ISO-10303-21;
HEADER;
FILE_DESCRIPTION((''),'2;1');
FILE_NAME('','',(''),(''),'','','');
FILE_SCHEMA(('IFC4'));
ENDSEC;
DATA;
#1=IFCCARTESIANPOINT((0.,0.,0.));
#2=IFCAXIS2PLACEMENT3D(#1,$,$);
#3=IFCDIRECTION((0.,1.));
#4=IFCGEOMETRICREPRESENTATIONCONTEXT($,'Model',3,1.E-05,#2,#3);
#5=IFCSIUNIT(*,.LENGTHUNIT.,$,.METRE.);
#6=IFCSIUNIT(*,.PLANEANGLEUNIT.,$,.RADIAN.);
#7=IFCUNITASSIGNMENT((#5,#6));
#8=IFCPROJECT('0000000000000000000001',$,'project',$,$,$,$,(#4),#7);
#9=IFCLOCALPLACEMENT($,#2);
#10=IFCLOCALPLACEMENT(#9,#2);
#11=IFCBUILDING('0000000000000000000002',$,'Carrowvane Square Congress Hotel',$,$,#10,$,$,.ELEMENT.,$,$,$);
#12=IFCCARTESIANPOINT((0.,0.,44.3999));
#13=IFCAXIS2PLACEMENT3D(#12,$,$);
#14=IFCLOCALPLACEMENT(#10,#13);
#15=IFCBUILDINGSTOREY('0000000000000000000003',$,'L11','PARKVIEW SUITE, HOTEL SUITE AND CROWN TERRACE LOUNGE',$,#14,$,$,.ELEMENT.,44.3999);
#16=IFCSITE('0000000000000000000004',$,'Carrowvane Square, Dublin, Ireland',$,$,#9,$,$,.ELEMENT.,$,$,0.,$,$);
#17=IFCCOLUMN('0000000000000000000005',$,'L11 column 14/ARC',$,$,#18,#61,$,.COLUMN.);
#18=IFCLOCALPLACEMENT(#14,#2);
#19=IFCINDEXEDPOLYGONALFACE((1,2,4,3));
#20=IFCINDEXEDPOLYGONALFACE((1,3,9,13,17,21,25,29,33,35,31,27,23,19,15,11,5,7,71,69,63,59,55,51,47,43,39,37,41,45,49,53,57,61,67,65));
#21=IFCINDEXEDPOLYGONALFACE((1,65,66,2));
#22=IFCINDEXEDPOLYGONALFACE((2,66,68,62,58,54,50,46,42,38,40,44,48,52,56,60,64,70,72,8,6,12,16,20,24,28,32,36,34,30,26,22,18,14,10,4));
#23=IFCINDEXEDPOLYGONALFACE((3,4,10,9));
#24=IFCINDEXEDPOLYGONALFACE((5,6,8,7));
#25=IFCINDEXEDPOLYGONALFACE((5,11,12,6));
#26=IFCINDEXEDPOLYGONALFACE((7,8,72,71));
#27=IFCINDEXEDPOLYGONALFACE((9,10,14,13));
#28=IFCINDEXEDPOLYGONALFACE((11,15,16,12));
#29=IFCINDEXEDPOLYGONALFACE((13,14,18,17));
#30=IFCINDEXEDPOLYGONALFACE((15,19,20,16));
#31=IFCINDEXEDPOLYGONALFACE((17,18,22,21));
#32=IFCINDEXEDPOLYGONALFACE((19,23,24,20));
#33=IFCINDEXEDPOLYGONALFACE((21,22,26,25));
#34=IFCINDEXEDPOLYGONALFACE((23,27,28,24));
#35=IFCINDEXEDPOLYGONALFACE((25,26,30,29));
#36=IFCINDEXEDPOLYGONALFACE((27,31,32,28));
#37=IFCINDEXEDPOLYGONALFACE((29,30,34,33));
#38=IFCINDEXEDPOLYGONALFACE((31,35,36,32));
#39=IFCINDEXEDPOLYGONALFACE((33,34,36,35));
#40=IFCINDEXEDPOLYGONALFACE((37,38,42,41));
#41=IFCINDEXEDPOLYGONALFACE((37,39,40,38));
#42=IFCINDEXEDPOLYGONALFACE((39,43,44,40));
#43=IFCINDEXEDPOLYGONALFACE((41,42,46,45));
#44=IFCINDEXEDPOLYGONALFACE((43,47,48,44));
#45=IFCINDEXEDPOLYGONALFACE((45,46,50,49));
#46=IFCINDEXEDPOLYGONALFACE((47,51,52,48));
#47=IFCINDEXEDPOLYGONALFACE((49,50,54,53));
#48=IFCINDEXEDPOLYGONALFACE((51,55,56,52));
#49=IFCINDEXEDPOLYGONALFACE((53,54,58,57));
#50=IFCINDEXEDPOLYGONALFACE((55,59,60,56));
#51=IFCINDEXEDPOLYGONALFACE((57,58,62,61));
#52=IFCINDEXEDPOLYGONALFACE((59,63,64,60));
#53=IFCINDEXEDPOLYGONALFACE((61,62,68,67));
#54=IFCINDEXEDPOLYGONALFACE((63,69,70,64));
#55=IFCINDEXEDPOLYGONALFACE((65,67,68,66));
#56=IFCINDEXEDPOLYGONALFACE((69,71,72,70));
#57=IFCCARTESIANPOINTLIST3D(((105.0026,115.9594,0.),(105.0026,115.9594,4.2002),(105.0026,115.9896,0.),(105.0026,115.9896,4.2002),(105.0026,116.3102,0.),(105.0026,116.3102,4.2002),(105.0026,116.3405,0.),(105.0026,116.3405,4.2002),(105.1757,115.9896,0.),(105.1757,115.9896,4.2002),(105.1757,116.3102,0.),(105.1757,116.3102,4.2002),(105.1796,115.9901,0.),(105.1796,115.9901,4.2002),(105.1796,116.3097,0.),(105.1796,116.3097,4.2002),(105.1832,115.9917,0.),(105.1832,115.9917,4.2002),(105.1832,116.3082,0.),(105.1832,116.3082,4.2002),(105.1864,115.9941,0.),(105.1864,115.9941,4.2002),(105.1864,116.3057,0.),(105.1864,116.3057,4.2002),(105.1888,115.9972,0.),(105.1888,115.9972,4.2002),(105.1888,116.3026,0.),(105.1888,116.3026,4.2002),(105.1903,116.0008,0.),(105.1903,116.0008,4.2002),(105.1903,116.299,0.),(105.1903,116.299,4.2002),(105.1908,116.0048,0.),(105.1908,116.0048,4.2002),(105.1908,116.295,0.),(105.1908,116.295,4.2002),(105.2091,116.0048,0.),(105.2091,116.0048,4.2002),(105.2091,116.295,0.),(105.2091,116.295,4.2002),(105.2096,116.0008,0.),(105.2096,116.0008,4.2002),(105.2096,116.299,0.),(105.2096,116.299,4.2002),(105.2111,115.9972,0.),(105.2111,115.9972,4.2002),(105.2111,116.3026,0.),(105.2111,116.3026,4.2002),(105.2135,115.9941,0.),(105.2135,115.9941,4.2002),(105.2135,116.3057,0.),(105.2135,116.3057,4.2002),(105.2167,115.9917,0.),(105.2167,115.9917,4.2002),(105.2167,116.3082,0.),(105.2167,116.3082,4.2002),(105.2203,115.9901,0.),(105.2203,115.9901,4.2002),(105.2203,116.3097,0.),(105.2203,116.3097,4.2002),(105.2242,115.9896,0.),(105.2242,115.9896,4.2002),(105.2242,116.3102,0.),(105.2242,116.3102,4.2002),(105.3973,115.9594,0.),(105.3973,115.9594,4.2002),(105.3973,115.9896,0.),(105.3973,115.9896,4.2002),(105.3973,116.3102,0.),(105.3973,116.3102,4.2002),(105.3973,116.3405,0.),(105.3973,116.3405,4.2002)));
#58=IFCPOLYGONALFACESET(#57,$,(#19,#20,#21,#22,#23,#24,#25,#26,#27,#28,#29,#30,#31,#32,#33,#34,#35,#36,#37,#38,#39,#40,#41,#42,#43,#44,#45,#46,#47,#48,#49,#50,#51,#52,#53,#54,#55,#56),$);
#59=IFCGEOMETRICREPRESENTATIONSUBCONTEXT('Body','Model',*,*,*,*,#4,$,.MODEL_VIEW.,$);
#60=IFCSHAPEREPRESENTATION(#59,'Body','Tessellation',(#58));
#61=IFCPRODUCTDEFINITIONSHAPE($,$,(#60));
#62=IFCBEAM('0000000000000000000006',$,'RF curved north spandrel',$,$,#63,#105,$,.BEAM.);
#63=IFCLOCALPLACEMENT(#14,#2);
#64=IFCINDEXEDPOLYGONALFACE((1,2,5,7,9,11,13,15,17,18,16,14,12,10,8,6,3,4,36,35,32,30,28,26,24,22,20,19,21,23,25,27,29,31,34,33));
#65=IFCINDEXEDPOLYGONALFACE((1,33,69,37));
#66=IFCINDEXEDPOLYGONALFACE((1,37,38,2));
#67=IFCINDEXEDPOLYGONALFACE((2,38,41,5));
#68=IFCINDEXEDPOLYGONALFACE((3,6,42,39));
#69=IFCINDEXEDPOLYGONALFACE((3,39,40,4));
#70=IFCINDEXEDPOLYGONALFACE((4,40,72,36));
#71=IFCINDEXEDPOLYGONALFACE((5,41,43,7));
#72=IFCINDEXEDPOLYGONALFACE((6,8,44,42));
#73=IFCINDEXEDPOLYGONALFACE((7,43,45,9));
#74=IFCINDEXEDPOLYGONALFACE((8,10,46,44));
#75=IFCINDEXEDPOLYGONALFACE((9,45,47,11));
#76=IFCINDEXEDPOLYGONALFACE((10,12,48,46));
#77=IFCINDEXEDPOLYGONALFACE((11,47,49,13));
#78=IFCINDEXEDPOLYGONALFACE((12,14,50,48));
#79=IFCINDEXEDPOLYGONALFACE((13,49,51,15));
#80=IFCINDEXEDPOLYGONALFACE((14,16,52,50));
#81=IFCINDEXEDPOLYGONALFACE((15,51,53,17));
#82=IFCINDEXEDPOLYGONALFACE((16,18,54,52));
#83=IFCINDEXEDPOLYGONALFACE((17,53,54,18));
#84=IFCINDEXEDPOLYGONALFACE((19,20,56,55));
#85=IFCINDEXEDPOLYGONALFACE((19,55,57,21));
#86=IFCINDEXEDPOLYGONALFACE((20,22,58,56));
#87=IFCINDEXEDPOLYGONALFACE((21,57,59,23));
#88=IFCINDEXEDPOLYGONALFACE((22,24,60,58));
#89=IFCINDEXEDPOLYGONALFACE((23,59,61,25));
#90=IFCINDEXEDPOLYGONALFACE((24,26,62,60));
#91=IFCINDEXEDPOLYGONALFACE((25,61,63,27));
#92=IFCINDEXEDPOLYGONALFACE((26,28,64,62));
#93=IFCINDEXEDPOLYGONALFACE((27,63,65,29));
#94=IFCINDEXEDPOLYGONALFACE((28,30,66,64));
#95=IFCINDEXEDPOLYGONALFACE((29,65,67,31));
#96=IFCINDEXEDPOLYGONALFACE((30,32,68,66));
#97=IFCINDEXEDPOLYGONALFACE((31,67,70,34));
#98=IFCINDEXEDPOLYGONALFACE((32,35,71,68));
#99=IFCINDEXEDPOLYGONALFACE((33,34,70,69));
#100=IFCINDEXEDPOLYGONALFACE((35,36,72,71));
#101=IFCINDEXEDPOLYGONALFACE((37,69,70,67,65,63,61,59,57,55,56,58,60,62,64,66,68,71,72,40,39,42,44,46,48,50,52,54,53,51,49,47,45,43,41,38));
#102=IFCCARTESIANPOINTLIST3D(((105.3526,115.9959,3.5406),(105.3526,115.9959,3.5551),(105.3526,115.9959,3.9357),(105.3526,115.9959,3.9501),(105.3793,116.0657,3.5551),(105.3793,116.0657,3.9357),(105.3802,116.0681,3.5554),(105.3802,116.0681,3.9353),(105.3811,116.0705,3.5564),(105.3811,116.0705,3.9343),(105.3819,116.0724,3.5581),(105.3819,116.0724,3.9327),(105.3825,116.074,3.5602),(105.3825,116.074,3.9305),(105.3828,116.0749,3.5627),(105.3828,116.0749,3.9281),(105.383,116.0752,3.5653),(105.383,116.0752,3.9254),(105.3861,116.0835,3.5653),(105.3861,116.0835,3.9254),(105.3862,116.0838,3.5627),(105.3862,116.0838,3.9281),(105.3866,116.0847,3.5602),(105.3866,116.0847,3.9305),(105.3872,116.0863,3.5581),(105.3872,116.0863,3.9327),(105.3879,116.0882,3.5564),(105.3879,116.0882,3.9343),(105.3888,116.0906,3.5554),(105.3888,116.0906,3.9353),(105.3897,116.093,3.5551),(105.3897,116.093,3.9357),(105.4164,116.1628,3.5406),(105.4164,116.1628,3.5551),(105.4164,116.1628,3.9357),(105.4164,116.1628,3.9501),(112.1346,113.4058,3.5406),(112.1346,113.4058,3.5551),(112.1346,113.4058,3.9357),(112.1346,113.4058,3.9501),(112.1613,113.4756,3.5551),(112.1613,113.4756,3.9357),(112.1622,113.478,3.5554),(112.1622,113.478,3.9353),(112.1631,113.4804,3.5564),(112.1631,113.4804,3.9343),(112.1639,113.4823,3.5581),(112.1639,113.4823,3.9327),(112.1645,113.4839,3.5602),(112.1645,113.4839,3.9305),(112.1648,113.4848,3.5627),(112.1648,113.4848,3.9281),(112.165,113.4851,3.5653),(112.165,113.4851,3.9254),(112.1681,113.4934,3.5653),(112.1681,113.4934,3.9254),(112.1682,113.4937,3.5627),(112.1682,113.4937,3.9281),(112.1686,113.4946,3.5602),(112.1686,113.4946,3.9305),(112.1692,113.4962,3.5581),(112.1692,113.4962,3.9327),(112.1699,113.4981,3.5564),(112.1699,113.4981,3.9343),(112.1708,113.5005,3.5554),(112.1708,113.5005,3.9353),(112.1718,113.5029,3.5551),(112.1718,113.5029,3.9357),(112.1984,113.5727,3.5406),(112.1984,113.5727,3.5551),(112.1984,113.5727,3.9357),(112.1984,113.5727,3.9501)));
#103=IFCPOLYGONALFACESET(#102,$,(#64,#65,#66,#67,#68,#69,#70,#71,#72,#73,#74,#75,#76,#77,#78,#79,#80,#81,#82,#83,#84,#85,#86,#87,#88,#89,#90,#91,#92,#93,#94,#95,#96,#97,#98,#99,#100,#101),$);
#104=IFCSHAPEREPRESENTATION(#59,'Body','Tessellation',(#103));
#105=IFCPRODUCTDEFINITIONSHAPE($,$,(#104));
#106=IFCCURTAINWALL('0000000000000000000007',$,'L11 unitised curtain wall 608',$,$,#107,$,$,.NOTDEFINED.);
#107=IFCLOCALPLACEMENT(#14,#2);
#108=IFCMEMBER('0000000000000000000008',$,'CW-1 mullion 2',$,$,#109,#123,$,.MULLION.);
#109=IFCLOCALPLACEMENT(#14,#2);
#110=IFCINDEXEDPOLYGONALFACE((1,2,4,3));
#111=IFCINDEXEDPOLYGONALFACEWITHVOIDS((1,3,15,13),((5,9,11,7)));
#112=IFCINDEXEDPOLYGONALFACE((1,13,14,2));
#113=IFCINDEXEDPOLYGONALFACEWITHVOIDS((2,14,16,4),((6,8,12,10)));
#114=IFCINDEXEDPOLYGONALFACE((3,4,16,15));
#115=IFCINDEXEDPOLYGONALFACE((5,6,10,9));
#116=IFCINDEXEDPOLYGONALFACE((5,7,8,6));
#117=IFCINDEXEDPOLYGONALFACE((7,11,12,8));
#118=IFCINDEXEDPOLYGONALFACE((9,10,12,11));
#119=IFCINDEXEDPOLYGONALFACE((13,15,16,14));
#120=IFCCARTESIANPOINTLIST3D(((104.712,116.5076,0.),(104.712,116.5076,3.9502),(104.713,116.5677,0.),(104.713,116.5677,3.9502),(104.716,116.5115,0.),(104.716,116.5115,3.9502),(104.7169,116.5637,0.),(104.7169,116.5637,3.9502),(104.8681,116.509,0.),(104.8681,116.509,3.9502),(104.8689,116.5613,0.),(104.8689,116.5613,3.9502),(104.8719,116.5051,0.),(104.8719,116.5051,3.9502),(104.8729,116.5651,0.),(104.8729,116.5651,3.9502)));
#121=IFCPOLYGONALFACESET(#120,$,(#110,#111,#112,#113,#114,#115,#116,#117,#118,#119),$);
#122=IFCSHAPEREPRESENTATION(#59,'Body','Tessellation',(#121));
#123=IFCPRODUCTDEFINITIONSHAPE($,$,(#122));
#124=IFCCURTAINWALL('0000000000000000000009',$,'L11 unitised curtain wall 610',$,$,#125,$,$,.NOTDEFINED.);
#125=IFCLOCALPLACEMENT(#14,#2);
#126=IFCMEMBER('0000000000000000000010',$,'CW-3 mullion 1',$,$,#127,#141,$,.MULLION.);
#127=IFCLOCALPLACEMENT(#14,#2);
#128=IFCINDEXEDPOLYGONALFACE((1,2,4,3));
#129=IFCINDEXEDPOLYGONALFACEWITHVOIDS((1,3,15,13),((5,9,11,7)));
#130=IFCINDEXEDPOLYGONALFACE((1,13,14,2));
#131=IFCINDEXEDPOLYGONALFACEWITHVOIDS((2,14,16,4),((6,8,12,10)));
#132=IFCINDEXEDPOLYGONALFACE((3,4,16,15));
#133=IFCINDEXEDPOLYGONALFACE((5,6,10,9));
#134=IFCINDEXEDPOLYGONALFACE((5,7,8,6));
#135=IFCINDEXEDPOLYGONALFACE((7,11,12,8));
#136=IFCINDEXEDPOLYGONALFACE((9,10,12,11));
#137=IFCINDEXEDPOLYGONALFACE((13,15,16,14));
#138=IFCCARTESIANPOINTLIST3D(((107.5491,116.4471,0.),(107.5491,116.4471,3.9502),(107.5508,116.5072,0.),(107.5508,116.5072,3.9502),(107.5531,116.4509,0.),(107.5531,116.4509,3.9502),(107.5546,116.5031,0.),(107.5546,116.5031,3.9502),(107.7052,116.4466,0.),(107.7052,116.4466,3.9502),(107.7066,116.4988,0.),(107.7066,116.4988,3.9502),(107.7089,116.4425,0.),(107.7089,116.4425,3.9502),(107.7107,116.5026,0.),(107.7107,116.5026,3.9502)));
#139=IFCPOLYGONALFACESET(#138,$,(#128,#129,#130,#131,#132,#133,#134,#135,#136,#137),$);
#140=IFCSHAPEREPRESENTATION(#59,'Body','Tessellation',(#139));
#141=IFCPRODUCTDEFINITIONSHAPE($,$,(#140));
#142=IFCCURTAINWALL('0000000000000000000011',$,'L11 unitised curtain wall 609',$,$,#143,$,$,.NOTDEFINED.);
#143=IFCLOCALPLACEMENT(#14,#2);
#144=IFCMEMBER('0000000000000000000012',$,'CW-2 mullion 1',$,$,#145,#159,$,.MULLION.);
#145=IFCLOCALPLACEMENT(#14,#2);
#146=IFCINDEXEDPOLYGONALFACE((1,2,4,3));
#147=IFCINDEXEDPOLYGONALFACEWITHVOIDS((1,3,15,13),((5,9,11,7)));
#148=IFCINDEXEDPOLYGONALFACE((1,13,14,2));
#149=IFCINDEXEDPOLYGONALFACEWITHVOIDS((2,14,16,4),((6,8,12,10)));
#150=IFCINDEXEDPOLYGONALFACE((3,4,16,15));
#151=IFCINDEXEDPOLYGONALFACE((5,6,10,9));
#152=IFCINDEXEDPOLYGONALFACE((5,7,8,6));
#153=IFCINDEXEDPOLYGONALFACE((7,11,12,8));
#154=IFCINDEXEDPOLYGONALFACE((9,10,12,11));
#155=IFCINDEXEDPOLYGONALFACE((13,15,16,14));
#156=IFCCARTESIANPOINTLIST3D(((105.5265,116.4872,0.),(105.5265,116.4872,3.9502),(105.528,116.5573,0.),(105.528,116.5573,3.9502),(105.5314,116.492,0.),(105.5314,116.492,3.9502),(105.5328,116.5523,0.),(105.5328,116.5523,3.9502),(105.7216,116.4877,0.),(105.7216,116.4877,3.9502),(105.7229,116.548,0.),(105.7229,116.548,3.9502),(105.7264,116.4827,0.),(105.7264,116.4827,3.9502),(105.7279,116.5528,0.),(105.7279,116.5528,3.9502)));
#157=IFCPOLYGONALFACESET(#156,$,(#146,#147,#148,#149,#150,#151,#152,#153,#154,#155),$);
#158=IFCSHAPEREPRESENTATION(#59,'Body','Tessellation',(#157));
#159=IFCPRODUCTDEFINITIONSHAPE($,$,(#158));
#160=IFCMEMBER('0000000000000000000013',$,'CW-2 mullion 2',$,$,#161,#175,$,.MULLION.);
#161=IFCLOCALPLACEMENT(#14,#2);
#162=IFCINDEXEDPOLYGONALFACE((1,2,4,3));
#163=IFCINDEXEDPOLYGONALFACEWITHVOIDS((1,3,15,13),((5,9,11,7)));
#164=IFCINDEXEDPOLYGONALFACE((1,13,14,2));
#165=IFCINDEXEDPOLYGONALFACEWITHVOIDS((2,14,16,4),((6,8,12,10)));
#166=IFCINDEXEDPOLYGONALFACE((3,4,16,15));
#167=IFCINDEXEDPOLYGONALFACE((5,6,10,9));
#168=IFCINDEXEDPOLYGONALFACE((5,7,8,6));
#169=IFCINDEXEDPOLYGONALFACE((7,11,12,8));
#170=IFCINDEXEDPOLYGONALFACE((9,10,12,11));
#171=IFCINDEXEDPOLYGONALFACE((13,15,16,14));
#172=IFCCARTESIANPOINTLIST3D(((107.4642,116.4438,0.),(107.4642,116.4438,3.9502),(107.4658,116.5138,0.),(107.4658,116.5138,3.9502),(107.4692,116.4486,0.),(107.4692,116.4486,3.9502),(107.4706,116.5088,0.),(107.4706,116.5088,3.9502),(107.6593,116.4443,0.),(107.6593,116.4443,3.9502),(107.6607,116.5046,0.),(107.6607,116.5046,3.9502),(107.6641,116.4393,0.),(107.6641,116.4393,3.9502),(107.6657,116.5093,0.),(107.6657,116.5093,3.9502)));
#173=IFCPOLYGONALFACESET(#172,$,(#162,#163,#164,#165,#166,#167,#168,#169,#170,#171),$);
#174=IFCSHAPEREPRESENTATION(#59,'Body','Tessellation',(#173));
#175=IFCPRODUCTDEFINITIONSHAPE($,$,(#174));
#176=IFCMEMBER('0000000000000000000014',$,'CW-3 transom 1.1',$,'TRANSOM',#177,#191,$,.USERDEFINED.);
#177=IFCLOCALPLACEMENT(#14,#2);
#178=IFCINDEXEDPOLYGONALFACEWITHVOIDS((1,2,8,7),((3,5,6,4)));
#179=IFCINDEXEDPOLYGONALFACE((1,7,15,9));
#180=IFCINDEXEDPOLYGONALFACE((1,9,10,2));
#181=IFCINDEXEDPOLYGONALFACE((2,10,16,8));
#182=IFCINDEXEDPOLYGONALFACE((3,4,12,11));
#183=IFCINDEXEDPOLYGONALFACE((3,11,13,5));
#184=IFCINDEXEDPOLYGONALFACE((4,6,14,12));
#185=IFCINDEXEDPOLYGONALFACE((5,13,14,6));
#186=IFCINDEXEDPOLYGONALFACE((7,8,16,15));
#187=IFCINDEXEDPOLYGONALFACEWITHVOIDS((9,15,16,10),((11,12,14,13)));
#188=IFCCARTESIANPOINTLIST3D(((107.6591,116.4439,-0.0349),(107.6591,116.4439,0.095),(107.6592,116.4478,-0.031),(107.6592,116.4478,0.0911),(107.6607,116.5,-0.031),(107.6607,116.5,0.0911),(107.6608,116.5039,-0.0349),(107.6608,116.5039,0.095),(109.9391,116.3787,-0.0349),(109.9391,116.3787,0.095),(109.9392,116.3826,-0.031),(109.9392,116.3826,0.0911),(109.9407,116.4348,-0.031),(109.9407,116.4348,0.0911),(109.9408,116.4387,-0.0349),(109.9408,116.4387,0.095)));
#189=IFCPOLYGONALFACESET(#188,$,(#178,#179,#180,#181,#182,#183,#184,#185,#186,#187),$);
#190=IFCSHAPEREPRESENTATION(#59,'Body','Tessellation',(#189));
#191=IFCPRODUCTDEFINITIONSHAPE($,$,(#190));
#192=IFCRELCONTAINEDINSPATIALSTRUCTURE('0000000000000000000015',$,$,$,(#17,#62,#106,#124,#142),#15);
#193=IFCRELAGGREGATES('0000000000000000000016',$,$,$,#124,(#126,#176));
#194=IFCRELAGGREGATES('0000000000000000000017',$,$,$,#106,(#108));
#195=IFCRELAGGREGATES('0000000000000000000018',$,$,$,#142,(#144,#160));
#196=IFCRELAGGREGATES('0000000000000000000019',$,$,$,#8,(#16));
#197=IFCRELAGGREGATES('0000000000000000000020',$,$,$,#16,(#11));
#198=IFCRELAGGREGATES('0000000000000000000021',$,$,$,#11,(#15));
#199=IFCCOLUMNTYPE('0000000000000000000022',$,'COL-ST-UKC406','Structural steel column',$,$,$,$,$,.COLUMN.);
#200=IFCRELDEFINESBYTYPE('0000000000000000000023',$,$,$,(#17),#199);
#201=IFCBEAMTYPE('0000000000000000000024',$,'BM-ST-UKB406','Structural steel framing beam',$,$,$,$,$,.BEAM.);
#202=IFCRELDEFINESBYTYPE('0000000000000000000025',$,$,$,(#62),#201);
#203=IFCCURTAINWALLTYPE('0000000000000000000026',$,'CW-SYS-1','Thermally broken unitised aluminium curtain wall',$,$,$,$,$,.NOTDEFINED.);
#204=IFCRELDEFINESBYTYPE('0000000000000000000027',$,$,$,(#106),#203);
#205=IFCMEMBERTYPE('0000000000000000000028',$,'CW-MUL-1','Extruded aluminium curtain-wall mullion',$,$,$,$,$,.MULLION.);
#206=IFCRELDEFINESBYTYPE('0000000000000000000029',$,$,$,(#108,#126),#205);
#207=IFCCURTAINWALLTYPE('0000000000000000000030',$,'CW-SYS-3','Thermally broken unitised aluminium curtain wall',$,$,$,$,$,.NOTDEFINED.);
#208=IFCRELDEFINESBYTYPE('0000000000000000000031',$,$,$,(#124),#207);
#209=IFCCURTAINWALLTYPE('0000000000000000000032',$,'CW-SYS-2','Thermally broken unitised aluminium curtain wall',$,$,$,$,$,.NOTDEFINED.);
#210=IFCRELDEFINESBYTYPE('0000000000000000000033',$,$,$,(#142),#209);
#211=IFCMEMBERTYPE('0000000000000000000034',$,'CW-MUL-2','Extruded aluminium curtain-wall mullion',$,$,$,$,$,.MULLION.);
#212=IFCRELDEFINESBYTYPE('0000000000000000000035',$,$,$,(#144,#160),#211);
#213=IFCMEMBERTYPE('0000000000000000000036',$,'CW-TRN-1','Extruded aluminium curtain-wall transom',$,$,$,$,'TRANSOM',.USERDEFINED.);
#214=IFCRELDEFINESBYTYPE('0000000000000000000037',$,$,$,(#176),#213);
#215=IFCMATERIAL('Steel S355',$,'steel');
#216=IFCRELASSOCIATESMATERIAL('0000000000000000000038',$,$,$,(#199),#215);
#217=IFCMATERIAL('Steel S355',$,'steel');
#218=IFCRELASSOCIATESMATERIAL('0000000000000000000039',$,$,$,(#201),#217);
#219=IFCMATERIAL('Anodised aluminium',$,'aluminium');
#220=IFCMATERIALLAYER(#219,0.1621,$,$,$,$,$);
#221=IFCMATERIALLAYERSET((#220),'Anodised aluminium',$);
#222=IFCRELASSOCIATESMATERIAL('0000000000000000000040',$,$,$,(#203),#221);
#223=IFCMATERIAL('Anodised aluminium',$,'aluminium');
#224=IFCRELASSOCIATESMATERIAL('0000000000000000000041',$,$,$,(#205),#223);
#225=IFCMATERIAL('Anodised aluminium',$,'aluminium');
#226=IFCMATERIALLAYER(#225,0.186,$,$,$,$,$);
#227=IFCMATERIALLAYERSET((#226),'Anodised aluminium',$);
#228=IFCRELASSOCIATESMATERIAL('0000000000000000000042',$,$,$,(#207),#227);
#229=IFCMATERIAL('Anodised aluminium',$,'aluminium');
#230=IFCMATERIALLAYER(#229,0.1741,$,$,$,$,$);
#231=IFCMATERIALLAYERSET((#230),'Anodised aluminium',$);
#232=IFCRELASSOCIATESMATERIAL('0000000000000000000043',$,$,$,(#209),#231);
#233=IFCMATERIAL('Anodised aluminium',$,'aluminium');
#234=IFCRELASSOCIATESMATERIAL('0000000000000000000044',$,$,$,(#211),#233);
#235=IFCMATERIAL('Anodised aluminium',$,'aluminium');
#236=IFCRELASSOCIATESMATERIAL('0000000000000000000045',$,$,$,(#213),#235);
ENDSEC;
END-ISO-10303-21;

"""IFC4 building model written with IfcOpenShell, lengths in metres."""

from ifc_helpers import new_model, si_unit, direction, frame, origin, origin_2d, place, context, subcontext, project, spatial, hollow_rectangle, i_section, extrude, material, layer, layer_set, material_profile, profile_set, type_object, element, aggregate, save


model = new_model("IFC4")

# Units and contexts
model_context = context("Model", 3, precision=1e-05, world=origin(), true_north=direction((0.0, 1.0)))
body_context = subcontext(model_context, "Body", "Model", "MODEL_VIEW")
ifc_project = project(units=[si_unit("LENGTHUNIT", "METRE"), si_unit("PLANEANGLEUNIT", "RADIAN")], contexts=[model_context])

# Site, building, storey
site_placement = place(None, origin())
site = spatial("IfcSite", under=ifc_project, at=site_placement, Name="Carrowvane Square, Dublin, Ireland", CompositionType="ELEMENT", RefElevation=0.0)
building_placement = place(site_placement, origin())
building = spatial("IfcBuilding", under=site, at=building_placement, Name="Carrowvane Square Congress Hotel", CompositionType="ELEMENT")
storey_placement = place(building_placement, frame((0.0, 0.0, 44.3999)))
storey = spatial("IfcBuildingStorey", under=building, at=storey_placement, Name="L11", Description="PARKVIEW SUITE, HOTEL SUITE AND CROWN TERRACE LOUNGE", CompositionType="ELEMENT", Elevation=44.3999)

# Column
ifc_material_1 = material(Name="Steel S355", Category="steel")
ifc_material_profile_1 = material_profile(ifc_material_1, i_section(OverallWidth=0.3948, OverallDepth=0.3811, WebThickness=0.0183, FlangeThickness=0.0303, FilletRadius=0.0151, at=origin_2d()), Name="UKC 356x406x235")
ifc_profile_set_1 = profile_set([ifc_material_profile_1], Name="Steel S355")
column_type = type_object("IfcColumnType", Name="COL-ST-UKC406", Description="Structural steel column", PredefinedType="COLUMN", material=ifc_profile_set_1)
column_placement = place(storey_placement, frame((105.2, 116.1499, 0.0), z_axis=(0.0, 0.0, 1.0), x_axis=(1.0, 0.0, 0.0)))
element("IfcColumn", 1, at=column_placement, inside=storey, type_object=column_type, Name="L11 column 14/ARC", PredefinedType="COLUMN", context=body_context, shape_type="SweptSolid", body=[
    extrude(i_section(OverallWidth=0.3948, OverallDepth=0.3811, WebThickness=0.0183, FlangeThickness=0.0303, FilletRadius=0.0151, at=origin_2d()), origin(), (0.0, 0.0, 1.0), 4.2002),
])

# Beam
ifc_material_2 = material(Name="Steel S355", Category="steel")
ifc_material_profile_2 = material_profile(ifc_material_2, i_section(OverallWidth=0.1787, OverallDepth=0.4094, WebThickness=0.0088, FlangeThickness=0.0144, FilletRadius=0.0103, at=origin_2d()), Name="UKB 406x178x67")
ifc_profile_set_2 = profile_set([ifc_material_profile_2], Name="Steel S355")
beam_type = type_object("IfcBeamType", Name="BM-ST-UKB406", Description="Structural steel framing beam", PredefinedType="BEAM", material=ifc_profile_set_2)
beam_placement = place(storey_placement, frame((105.3845, 116.0793, 3.7454), z_axis=(0.934191, -0.356774, 0.0), x_axis=(0.356774, 0.934191, 0.0)))
element("IfcBeam", 2, at=beam_placement, inside=storey, type_object=beam_type, Name="RF curved north spandrel", PredefinedType="BEAM", context=body_context, shape_type="SweptSolid", body=[
    extrude(i_section(OverallWidth=0.1787, OverallDepth=0.4094, WebThickness=0.0088, FlangeThickness=0.0144, FilletRadius=0.0103, at=origin_2d()), origin(), (0.0, 0.0, 1.0), 7.2598),
])

# Curtain walls, members
ifc_material_3 = material(Name="Anodised aluminium", Category="aluminium")
ifc_layer_1 = layer(ifc_material_3, 0.1621)
ifc_layer_set_1 = layer_set([ifc_layer_1], Name="Anodised aluminium")
curtain_wall_type_1 = type_object("IfcCurtainWallType", Name="CW-SYS-1", Description="Thermally broken unitised aluminium curtain wall", PredefinedType="NOTDEFINED", material=ifc_layer_set_1)
curtain_wall_1_placement = place(storey_placement, origin())
curtain_wall_1 = element("IfcCurtainWall", 3, at=curtain_wall_1_placement, inside=storey, type_object=curtain_wall_type_1, Name="L11 unitised curtain wall 608", PredefinedType="NOTDEFINED")
ifc_material_4 = material(Name="Anodised aluminium", Category="aluminium")
ifc_material_profile_3 = material_profile(ifc_material_4, hollow_rectangle(XDim=0.0601, YDim=0.1599, WallThickness=0.0039, at=origin_2d()), Name="CW-ML 60x160x4")
ifc_profile_set_3 = profile_set([ifc_material_profile_3], Name="Anodised aluminium")
member_type_1 = type_object("IfcMemberType", Name="CW-MUL-1", Description="Extruded aluminium curtain-wall mullion", PredefinedType="MULLION", material=ifc_profile_set_3)
member_1_placement = place(storey_placement, frame((104.7925, 116.5364, 0.0), z_axis=(0.0, 0.0, 1.0), x_axis=(0.016216, 0.999869, 0.0)))
member_1 = element("IfcMember", 4, at=member_1_placement, type_object=member_type_1, Name="CW-1 mullion 2", PredefinedType="MULLION", context=body_context, shape_type="SweptSolid", body=[
    extrude(hollow_rectangle(XDim=0.0601, YDim=0.1599, WallThickness=0.0039, at=origin_2d()), origin(), (0.0, 0.0, 1.0), 3.9502),
])
ifc_material_5 = material(Name="Anodised aluminium", Category="aluminium")
ifc_layer_2 = layer(ifc_material_5, 0.186)
ifc_layer_set_2 = layer_set([ifc_layer_2], Name="Anodised aluminium")
curtain_wall_type_2 = type_object("IfcCurtainWallType", Name="CW-SYS-3", Description="Thermally broken unitised aluminium curtain wall", PredefinedType="NOTDEFINED", material=ifc_layer_set_2)
curtain_wall_2_placement = place(storey_placement, origin())
curtain_wall_2 = element("IfcCurtainWall", 5, at=curtain_wall_2_placement, inside=storey, type_object=curtain_wall_type_2, Name="L11 unitised curtain wall 610", PredefinedType="NOTDEFINED")
member_2_placement = place(storey_placement, frame((107.6299, 116.4749, 0.0), z_axis=(0.0, 0.0, 1.0), x_axis=(0.028638, 0.99959, 0.0)))
member_2 = element("IfcMember", 6, at=member_2_placement, type_object=member_type_1, Name="CW-3 mullion 1", PredefinedType="MULLION", context=body_context, shape_type="SweptSolid", body=[
    extrude(hollow_rectangle(XDim=0.0601, YDim=0.1599, WallThickness=0.0039, at=origin_2d()), origin(), (0.0, 0.0, 1.0), 3.9502),
])

# Curtain wall, members
ifc_material_6 = material(Name="Anodised aluminium", Category="aluminium")
ifc_layer_3 = layer(ifc_material_6, 0.1741)
ifc_layer_set_3 = layer_set([ifc_layer_3], Name="Anodised aluminium")
curtain_wall_type_3 = type_object("IfcCurtainWallType", Name="CW-SYS-2", Description="Thermally broken unitised aluminium curtain wall", PredefinedType="NOTDEFINED", material=ifc_layer_set_3)
curtain_wall_3_placement = place(storey_placement, origin())
curtain_wall_3 = element("IfcCurtainWall", 7, at=curtain_wall_3_placement, inside=storey, type_object=curtain_wall_type_3, Name="L11 unitised curtain wall 609", PredefinedType="NOTDEFINED")
ifc_material_7 = material(Name="Anodised aluminium", Category="aluminium")
ifc_material_profile_4 = material_profile(ifc_material_7, hollow_rectangle(XDim=0.0701, YDim=0.2, WallThickness=0.0049, at=origin_2d()), Name="CW-ML 70x200x5")
ifc_profile_set_4 = profile_set([ifc_material_profile_4], Name="Anodised aluminium")
member_type_2 = type_object("IfcMemberType", Name="CW-MUL-2", Description="Extruded aluminium curtain-wall mullion", PredefinedType="MULLION", material=ifc_profile_set_4)
member_3_placement = place(storey_placement, frame((105.6272, 116.52, 0.0), z_axis=(0.0, 0.0, 1.0), x_axis=(0.022518, 0.999746, 0.0)))
member_3 = element("IfcMember", 8, at=member_3_placement, type_object=member_type_2, Name="CW-2 mullion 1", PredefinedType="MULLION", context=body_context, shape_type="SweptSolid", body=[
    extrude(hollow_rectangle(XDim=0.0701, YDim=0.2, WallThickness=0.0049, at=origin_2d()), origin(), (0.0, 0.0, 1.0), 3.9502),
])
member_4_placement = place(storey_placement, frame((107.5649, 116.4766, 0.0), z_axis=(0.0, 0.0, 1.0), x_axis=(0.022518, 0.999746, 0.0)))
member_4 = element("IfcMember", 9, at=member_4_placement, type_object=member_type_2, Name="CW-2 mullion 2", PredefinedType="MULLION", context=body_context, shape_type="SweptSolid", body=[
    extrude(hollow_rectangle(XDim=0.0701, YDim=0.2, WallThickness=0.0049, at=origin_2d()), origin(), (0.0, 0.0, 1.0), 3.9502),
])

# Member
ifc_material_8 = material(Name="Anodised aluminium", Category="aluminium")
ifc_material_profile_5 = material_profile(ifc_material_8, hollow_rectangle(XDim=0.0601, YDim=0.1299, WallThickness=0.0039, at=origin_2d()), Name="CW-TR 60x130x4")
ifc_profile_set_5 = profile_set([ifc_material_profile_5], Name="Anodised aluminium")
member_type_3 = type_object("IfcMemberType", Name="CW-TRN-1", Description="Extruded aluminium curtain-wall transom", ElementType="TRANSOM", PredefinedType="USERDEFINED", material=ifc_profile_set_5)
member_5_placement = place(storey_placement, frame((107.6599, 116.4739, 0.03), z_axis=(0.999592, -0.028578, 0.0), x_axis=(0.028578, 0.999592, 0.0)))
member_5 = element("IfcMember", 10, at=member_5_placement, type_object=member_type_3, Name="CW-3 transom 1.1", ObjectType="TRANSOM", PredefinedType="USERDEFINED", context=body_context, shape_type="SweptSolid", body=[
    extrude(hollow_rectangle(XDim=0.0601, YDim=0.1299, WallThickness=0.0039, at=origin_2d()), origin(), (0.0, 0.0, 1.0), 2.281),
])
aggregate(curtain_wall_2, [member_2, member_5])

aggregate(curtain_wall_1, [member_1])
aggregate(curtain_wall_3, [member_3, member_4])

save(model, "model.ifc")
